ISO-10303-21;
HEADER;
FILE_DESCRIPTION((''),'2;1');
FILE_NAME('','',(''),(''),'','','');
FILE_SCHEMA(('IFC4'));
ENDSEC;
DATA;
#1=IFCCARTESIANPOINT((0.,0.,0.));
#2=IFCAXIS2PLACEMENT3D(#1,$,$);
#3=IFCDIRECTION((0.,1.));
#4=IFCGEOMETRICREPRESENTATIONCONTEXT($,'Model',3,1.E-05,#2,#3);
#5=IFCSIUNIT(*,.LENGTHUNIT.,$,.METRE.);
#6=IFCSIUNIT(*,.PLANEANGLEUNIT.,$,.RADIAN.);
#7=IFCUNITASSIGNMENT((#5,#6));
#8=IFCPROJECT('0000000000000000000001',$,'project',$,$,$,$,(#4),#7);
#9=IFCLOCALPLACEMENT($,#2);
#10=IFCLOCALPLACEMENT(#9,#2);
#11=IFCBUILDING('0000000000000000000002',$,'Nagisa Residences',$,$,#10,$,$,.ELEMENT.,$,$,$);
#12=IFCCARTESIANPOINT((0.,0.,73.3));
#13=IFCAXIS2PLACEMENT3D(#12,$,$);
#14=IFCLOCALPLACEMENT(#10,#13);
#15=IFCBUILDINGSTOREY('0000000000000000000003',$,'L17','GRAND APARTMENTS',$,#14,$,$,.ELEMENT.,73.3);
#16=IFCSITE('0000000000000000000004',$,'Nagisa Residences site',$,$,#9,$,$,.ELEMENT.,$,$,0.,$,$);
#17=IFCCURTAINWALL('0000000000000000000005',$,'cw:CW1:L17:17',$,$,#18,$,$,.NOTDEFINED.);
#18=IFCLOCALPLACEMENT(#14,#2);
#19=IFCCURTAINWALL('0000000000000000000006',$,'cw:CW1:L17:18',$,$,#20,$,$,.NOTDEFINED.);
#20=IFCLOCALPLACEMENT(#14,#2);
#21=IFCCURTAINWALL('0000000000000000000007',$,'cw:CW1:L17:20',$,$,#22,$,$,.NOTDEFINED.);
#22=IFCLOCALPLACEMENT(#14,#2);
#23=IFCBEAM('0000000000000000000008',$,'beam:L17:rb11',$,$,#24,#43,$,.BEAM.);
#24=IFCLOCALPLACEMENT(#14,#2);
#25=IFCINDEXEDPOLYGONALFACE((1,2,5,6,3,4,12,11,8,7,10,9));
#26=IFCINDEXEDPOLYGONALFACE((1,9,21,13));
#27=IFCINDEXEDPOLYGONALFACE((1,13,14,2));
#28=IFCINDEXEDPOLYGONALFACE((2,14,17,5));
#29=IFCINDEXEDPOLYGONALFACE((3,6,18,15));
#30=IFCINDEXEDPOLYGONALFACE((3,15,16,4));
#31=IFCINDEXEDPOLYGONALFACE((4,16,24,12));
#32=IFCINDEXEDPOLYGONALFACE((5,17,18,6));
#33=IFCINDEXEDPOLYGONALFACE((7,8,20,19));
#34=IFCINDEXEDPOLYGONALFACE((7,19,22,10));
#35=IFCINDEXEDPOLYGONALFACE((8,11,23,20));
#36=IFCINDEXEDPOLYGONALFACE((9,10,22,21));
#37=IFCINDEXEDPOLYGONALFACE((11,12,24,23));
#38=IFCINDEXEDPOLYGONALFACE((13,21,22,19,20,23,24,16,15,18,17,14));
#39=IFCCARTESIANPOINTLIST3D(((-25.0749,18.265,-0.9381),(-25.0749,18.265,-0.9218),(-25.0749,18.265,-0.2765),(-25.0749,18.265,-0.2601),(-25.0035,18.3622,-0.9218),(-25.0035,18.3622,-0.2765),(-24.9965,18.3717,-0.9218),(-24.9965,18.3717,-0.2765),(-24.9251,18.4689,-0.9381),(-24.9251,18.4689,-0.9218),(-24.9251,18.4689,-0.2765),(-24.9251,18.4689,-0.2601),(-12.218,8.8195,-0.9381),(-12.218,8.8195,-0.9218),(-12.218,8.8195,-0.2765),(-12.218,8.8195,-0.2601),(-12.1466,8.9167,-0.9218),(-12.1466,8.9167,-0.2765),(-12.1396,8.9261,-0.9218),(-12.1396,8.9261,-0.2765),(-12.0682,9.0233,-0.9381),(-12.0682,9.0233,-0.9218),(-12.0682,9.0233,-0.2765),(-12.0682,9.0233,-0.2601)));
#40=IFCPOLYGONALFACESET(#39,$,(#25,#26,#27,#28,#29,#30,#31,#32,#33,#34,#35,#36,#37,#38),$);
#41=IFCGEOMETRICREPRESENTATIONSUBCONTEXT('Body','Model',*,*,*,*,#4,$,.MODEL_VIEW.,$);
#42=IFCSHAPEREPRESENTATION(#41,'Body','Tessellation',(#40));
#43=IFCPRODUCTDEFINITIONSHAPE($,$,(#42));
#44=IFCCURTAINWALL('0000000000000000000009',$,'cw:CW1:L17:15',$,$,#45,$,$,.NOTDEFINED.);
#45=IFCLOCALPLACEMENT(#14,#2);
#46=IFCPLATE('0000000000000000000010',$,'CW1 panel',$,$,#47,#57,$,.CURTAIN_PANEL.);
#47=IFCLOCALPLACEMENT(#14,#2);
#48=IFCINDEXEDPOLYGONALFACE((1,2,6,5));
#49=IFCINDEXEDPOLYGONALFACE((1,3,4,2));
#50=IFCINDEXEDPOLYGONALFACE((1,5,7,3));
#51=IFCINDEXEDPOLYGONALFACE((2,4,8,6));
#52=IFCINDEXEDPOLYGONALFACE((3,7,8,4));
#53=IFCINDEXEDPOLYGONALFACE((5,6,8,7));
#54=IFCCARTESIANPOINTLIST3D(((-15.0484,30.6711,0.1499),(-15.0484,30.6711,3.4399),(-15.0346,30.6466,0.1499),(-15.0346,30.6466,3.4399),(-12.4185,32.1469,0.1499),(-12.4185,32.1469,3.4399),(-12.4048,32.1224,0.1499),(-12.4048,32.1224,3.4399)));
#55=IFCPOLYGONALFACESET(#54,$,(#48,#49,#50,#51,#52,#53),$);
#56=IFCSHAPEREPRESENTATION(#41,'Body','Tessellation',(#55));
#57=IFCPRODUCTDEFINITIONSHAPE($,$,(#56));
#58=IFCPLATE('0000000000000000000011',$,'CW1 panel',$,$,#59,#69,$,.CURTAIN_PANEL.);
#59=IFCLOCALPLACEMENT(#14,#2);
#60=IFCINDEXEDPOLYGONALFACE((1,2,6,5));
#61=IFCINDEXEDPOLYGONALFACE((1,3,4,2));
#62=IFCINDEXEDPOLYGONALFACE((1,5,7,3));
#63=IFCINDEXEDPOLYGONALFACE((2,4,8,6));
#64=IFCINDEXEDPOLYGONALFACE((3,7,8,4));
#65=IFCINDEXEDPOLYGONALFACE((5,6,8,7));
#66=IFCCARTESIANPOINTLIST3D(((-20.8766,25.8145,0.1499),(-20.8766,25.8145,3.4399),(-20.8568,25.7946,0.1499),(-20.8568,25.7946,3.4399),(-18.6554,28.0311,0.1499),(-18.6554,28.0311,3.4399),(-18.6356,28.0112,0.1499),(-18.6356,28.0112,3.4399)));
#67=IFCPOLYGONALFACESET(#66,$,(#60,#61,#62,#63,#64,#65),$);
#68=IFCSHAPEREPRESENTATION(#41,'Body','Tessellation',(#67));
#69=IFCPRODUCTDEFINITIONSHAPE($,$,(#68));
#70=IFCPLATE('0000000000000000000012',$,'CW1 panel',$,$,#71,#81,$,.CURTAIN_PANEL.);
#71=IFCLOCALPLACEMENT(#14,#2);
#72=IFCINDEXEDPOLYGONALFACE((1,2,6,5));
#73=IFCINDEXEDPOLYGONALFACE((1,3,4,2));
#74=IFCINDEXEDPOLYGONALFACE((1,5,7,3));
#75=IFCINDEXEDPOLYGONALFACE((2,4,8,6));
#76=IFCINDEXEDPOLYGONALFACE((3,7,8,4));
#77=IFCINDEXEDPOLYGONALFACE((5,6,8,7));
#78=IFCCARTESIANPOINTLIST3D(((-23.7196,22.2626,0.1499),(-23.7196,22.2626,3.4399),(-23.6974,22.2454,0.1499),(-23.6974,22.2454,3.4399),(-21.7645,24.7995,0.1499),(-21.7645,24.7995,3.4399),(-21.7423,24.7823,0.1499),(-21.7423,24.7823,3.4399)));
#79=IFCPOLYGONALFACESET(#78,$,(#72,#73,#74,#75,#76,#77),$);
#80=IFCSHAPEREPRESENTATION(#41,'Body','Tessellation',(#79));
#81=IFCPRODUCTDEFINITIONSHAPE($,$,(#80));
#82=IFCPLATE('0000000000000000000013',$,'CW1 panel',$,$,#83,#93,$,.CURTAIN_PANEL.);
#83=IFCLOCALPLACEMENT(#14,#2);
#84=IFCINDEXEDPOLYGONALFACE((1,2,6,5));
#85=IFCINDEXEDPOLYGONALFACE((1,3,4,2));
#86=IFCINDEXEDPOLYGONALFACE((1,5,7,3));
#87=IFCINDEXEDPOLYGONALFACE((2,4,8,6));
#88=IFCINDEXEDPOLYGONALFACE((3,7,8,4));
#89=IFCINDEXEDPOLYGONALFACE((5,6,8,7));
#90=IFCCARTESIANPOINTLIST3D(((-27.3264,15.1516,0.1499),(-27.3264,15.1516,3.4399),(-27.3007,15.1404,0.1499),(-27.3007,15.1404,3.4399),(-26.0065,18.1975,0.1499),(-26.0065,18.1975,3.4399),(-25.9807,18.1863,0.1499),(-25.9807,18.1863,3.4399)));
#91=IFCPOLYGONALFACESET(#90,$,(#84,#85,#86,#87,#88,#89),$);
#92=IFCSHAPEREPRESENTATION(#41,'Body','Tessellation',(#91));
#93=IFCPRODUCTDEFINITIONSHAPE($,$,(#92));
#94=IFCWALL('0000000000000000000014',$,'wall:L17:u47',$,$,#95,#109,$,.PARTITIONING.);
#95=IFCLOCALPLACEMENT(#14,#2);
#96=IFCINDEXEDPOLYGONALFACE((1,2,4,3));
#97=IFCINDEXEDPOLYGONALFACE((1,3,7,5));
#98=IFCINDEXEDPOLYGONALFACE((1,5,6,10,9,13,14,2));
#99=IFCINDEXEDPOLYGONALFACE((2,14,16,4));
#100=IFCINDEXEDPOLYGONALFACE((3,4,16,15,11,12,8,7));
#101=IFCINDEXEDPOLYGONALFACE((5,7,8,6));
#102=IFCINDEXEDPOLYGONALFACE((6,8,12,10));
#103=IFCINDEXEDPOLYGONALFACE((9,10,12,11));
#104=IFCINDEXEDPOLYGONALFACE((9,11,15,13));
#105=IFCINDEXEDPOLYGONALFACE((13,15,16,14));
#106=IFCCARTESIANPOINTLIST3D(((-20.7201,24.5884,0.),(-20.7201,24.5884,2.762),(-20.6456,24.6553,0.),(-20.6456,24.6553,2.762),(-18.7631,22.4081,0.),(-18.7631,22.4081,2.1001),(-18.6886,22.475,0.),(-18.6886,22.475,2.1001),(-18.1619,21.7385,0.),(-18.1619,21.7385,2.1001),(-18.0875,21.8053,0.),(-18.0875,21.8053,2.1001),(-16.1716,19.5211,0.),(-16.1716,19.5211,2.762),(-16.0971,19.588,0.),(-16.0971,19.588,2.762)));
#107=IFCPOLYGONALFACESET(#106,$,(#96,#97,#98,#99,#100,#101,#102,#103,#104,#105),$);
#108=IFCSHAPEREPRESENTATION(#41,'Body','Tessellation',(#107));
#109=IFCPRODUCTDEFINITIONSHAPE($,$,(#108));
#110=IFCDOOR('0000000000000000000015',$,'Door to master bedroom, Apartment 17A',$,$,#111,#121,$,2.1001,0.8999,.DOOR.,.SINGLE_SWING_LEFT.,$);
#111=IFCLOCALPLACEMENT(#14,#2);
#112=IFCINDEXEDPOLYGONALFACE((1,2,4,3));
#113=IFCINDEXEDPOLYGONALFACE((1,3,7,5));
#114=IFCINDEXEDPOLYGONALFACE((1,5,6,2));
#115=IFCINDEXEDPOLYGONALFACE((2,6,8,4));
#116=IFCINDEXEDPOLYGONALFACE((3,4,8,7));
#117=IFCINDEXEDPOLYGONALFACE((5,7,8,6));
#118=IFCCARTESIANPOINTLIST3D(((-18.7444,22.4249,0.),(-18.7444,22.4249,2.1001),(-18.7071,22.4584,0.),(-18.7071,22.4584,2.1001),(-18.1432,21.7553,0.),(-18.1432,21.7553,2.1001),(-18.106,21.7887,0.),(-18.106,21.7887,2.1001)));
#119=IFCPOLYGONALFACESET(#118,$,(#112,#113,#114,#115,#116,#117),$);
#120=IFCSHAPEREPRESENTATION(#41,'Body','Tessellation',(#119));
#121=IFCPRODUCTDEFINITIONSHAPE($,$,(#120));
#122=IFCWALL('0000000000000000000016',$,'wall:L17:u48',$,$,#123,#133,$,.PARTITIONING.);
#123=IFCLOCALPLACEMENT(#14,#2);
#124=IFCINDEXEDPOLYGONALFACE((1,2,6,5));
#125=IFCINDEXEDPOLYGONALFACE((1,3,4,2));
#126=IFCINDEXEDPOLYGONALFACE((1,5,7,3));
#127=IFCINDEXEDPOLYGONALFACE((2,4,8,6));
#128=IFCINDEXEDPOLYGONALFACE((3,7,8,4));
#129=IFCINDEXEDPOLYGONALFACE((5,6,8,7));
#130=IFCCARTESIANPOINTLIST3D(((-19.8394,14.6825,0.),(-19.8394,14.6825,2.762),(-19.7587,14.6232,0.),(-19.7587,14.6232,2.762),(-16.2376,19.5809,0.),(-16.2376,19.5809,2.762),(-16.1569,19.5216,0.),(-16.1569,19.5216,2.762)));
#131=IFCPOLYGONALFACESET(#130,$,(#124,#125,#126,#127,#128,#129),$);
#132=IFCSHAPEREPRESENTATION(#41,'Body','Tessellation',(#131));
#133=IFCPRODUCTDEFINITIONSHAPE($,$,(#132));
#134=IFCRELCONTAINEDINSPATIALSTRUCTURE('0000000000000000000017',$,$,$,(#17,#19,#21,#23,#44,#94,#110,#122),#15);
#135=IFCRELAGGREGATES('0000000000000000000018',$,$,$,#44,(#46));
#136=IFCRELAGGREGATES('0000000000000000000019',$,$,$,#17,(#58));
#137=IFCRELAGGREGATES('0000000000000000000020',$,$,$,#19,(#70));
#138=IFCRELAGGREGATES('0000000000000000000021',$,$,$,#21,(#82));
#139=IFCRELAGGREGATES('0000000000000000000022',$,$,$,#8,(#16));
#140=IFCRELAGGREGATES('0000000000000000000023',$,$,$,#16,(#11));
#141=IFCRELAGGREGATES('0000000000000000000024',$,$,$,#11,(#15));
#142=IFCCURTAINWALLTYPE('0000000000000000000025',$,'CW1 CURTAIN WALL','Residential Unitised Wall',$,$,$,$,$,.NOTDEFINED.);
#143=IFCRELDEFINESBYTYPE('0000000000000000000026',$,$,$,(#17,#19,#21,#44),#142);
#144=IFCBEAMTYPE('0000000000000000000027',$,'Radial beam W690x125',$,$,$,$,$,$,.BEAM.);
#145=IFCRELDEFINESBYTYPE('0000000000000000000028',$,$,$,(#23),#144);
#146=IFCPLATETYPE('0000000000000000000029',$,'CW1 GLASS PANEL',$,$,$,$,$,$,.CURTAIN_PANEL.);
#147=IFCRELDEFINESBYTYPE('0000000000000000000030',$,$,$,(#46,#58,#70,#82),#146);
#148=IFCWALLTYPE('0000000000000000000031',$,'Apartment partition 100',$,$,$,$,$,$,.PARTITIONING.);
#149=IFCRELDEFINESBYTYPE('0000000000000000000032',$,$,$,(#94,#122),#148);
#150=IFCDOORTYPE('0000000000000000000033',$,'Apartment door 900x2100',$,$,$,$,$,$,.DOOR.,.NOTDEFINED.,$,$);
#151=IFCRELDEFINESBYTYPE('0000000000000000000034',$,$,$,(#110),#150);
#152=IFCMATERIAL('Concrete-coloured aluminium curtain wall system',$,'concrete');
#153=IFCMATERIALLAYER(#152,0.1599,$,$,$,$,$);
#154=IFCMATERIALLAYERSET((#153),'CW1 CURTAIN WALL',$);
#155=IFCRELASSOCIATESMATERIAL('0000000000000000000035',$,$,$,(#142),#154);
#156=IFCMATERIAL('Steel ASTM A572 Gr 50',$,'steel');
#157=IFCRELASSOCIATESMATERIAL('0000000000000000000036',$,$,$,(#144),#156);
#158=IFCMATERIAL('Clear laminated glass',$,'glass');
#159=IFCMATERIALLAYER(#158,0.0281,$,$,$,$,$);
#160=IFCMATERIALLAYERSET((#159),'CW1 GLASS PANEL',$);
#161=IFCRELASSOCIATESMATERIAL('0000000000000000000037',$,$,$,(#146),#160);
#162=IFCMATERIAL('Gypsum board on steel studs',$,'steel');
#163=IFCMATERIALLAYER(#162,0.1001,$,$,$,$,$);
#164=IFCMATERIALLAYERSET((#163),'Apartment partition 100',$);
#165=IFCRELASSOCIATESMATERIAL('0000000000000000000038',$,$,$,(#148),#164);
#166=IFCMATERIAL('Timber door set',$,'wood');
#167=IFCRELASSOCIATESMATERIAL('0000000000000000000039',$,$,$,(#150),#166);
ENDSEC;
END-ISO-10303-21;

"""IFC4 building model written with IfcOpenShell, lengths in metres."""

from ifc_helpers import new_model, si_unit, direction, frame, frame_2d, origin, origin_2d, place, context, subcontext, project, spatial, rectangle, i_section, extrude, material, layer, layer_set, material_profile, profile_set, type_object, element, fill, aggregate, save


model = new_model("IFC4")

# Units and contexts
model_context = context("Model", 3, precision=1e-05, world=origin(), true_north=direction((0.0, 1.0)))
body_context = subcontext(model_context, "Body", "Model", "MODEL_VIEW")
ifc_project = project(units=[si_unit("LENGTHUNIT", "METRE"), si_unit("PLANEANGLEUNIT", "RADIAN")], contexts=[model_context])

# Site, building, storey
site_placement = place(None, origin())
site = spatial("IfcSite", under=ifc_project, at=site_placement, Name="Nagisa Residences site", CompositionType="ELEMENT", RefElevation=0.0)
building_placement = place(site_placement, origin())
building = spatial("IfcBuilding", under=site, at=building_placement, Name="Nagisa Residences", CompositionType="ELEMENT")
storey_placement = place(building_placement, frame((0.0, 0.0, 73.3)))
storey = spatial("IfcBuildingStorey", under=building, at=storey_placement, Name="L17", Description="GRAND APARTMENTS", CompositionType="ELEMENT", Elevation=73.3)

# Curtain walls
ifc_material_1 = material(Name="Concrete-coloured aluminium curtain wall system", Category="concrete")
ifc_layer_1 = layer(ifc_material_1, 0.1599)
ifc_layer_set_1 = layer_set([ifc_layer_1], Name="CW1 CURTAIN WALL")
curtain_wall_type = type_object("IfcCurtainWallType", Name="CW1 CURTAIN WALL", Description="Residential Unitised Wall", PredefinedType="NOTDEFINED", material=ifc_layer_set_1)
curtain_wall_1_placement = place(storey_placement, origin())
curtain_wall_1 = element("IfcCurtainWall", 1, at=curtain_wall_1_placement, inside=storey, type_object=curtain_wall_type, Name="cw:CW1:L17:17", PredefinedType="NOTDEFINED")
curtain_wall_2_placement = place(storey_placement, origin())
curtain_wall_2 = element("IfcCurtainWall", 2, at=curtain_wall_2_placement, inside=storey, type_object=curtain_wall_type, Name="cw:CW1:L17:18", PredefinedType="NOTDEFINED")
curtain_wall_3_placement = place(storey_placement, origin())
curtain_wall_3 = element("IfcCurtainWall", 3, at=curtain_wall_3_placement, inside=storey, type_object=curtain_wall_type, Name="cw:CW1:L17:20", PredefinedType="NOTDEFINED")

# Beam
ifc_material_2 = material(Name="Steel ASTM A572 Gr 50", Category="steel")
ifc_material_profile_1 = material_profile(ifc_material_2, i_section(OverallWidth=0.2529, OverallDepth=0.678, WebThickness=0.0117, FlangeThickness=0.0164, at=origin_2d()), Name="W690x125")
ifc_profile_set_1 = profile_set([ifc_material_profile_1], Name="Steel ASTM A572 Gr 50")
beam_type = type_object("IfcBeamType", Name="Radial beam W690x125", PredefinedType="BEAM", material=ifc_profile_set_1)
beam_1_placement = place(storey_placement, frame((-25.0, 18.3669, -0.5991), z_axis=(0.805892, -0.592062, 0.0), x_axis=(0.592062, 0.805892, 0.0)))
element("IfcBeam", 4, at=beam_1_placement, inside=storey, type_object=beam_type, Name="beam:L17:rb11", PredefinedType="BEAM", context=body_context, shape_type="SweptSolid", body=[
    extrude(i_section(OverallWidth=0.2529, OverallDepth=0.678, WebThickness=0.0117, FlangeThickness=0.0164, at=origin_2d()), origin(), (0.0, 0.0, 1.0), 15.9536),
])

# Curtain wall, plate
curtain_wall_4_placement = place(storey_placement, origin())
curtain_wall_4 = element("IfcCurtainWall", 5, at=curtain_wall_4_placement, inside=storey, type_object=curtain_wall_type, Name="cw:CW1:L17:15", PredefinedType="NOTDEFINED")
ifc_material_3 = material(Name="Clear laminated glass", Category="glass")
ifc_layer_2 = layer(ifc_material_3, 0.0281)
ifc_layer_set_2 = layer_set([ifc_layer_2], Name="CW1 GLASS PANEL")
plate_type = type_object("IfcPlateType", Name="CW1 GLASS PANEL", PredefinedType="CURTAIN_PANEL", material=ifc_layer_set_2)
plate_1_placement = place(storey_placement, frame((-13.7266, 31.3967, 0.1499), z_axis=(0.0, 0.0, 1.0), x_axis=(-0.872072, -0.489377, 0.0)))
plate_1 = element("IfcPlate", 6, at=plate_1_placement, type_object=plate_type, Name="CW1 panel", PredefinedType="CURTAIN_PANEL", context=body_context, shape_type="SweptSolid", body=[
    extrude(rectangle(XDim=3.0156, YDim=0.0281, at=origin_2d()), origin(), (0.0, 0.0, 1.0), 3.29),
])
aggregate(curtain_wall_4, [plate_1])

# Plates
plate_2_placement = place(storey_placement, frame((-19.7561, 26.9128, 0.1499), z_axis=(0.0, 0.0, 1.0), x_axis=(-0.707836, -0.706377, 0.0)))
plate_2 = element("IfcPlate", 7, at=plate_2_placement, type_object=plate_type, Name="CW1 panel", PredefinedType="CURTAIN_PANEL", context=body_context, shape_type="SweptSolid", body=[
    extrude(rectangle(XDim=3.1379, YDim=0.0281, at=origin_2d()), origin(), (0.0, 0.0, 1.0), 3.29),
])
aggregate(curtain_wall_1, [plate_2])
plate_3_placement = place(storey_placement, frame((-22.731, 23.5225, 0.1499), z_axis=(0.0, 0.0, 1.0), x_axis=(-0.61043, -0.79207, 0.0)))
plate_3 = element("IfcPlate", 8, at=plate_3_placement, type_object=plate_type, Name="CW1 panel", PredefinedType="CURTAIN_PANEL", context=body_context, shape_type="SweptSolid", body=[
    extrude(rectangle(XDim=3.2029, YDim=0.0281, at=origin_2d()), origin(), (0.0, 0.0, 1.0), 3.29),
])
aggregate(curtain_wall_2, [plate_3])
plate_4_placement = place(storey_placement, frame((-26.6536, 16.6689, 0.1499), z_axis=(0.0, 0.0, 1.0), x_axis=(-0.397636, -0.917543, 0.0)))
plate_4 = element("IfcPlate", 9, at=plate_4_placement, type_object=plate_type, Name="CW1 panel", PredefinedType="CURTAIN_PANEL", context=body_context, shape_type="SweptSolid", body=[
    extrude(rectangle(XDim=3.3196, YDim=0.0281, at=origin_2d()), origin(), (0.0, 0.0, 1.0), 3.29),
])
aggregate(curtain_wall_3, [plate_4])

# Wall, opening, door
ifc_material_4 = material(Name="Gypsum board on steel studs", Category="steel")
ifc_layer_3 = layer(ifc_material_4, 0.1001)
ifc_layer_set_3 = layer_set([ifc_layer_3], Name="Apartment partition 100")
wall_type_1 = type_object("IfcWallType", Name="Apartment partition 100", PredefinedType="PARTITIONING", material=ifc_layer_set_3)
wall_1_placement = place(storey_placement, frame((-16.1343, 19.5544, 0.0), z_axis=(0.0, 0.0, 1.0), x_axis=(-0.667986, 0.744174, 0.0)))
wall_1 = element("IfcWall", 10, at=wall_1_placement, inside=storey, type_object=wall_type_1, Name="wall:L17:u47", PredefinedType="PARTITIONING", context=body_context, shape_type="SweptSolid", body=[
    extrude(rectangle(XDim=6.8093, YDim=0.1001, at=frame_2d((3.4048, 0.0))), origin(), (0.0, 0.0, 1.0), 2.762),
])
opening_1_placement = place(wall_1_placement, frame((2.9797, 0.0, 0.0)))
opening_1 = element("IfcOpeningElement", 11, at=opening_1_placement, cuts=wall_1, PredefinedType="OPENING", context=body_context, shape_type="SweptSolid", body=[
    extrude(rectangle(XDim=0.8999, YDim=2.1001, at=frame_2d((0.45, 1.05))), frame((0.0, 0.0601, 0.0), z_axis=(0.0, -1.0, 0.0), x_axis=(1.0, 0.0, 0.0)), (0.0, 0.0, 1.0), 0.1201),
])
ifc_material_5 = material(Name="Timber door set", Category="wood")
door_type_1 = type_object("IfcDoorType", Name="Apartment door 900x2100", OperationType="NOTDEFINED", PredefinedType="DOOR", material=ifc_material_5)
door_1_placement = place(opening_1_placement, origin())
door_1 = element("IfcDoor", 12, at=door_1_placement, inside=storey, type_object=door_type_1, Name="Door to master bedroom, Apartment 17A", OperationType="SINGLE_SWING_LEFT", OverallHeight=2.1001, OverallWidth=0.8999, PredefinedType="DOOR", context=body_context, shape_type="SweptSolid", body=[
    extrude(rectangle(XDim=0.8999, YDim=2.1001, at=frame_2d((0.45, 1.05))), frame((0.0, 0.0249, 0.0), z_axis=(0.0, -1.0, 0.0), x_axis=(1.0, 0.0, 0.0)), (0.0, 0.0, 1.0), 0.05),
])
fill(opening_1, door_1)

# Wall
wall_2_placement = place(storey_placement, frame((-16.1973, 19.5513, 0.0), z_axis=(0.0, 0.0, 1.0), x_axis=(-0.592392, -0.80565, 0.0)))
element("IfcWall", 13, at=wall_2_placement, inside=storey, type_object=wall_type_1, Name="wall:L17:u48", PredefinedType="PARTITIONING", context=body_context, shape_type="SweptSolid", body=[
    extrude(rectangle(XDim=6.0801, YDim=0.1001, at=frame_2d((3.04, 0.0))), origin(), (0.0, 0.0, 1.0), 2.762),
])

save(model, "model.ifc")
